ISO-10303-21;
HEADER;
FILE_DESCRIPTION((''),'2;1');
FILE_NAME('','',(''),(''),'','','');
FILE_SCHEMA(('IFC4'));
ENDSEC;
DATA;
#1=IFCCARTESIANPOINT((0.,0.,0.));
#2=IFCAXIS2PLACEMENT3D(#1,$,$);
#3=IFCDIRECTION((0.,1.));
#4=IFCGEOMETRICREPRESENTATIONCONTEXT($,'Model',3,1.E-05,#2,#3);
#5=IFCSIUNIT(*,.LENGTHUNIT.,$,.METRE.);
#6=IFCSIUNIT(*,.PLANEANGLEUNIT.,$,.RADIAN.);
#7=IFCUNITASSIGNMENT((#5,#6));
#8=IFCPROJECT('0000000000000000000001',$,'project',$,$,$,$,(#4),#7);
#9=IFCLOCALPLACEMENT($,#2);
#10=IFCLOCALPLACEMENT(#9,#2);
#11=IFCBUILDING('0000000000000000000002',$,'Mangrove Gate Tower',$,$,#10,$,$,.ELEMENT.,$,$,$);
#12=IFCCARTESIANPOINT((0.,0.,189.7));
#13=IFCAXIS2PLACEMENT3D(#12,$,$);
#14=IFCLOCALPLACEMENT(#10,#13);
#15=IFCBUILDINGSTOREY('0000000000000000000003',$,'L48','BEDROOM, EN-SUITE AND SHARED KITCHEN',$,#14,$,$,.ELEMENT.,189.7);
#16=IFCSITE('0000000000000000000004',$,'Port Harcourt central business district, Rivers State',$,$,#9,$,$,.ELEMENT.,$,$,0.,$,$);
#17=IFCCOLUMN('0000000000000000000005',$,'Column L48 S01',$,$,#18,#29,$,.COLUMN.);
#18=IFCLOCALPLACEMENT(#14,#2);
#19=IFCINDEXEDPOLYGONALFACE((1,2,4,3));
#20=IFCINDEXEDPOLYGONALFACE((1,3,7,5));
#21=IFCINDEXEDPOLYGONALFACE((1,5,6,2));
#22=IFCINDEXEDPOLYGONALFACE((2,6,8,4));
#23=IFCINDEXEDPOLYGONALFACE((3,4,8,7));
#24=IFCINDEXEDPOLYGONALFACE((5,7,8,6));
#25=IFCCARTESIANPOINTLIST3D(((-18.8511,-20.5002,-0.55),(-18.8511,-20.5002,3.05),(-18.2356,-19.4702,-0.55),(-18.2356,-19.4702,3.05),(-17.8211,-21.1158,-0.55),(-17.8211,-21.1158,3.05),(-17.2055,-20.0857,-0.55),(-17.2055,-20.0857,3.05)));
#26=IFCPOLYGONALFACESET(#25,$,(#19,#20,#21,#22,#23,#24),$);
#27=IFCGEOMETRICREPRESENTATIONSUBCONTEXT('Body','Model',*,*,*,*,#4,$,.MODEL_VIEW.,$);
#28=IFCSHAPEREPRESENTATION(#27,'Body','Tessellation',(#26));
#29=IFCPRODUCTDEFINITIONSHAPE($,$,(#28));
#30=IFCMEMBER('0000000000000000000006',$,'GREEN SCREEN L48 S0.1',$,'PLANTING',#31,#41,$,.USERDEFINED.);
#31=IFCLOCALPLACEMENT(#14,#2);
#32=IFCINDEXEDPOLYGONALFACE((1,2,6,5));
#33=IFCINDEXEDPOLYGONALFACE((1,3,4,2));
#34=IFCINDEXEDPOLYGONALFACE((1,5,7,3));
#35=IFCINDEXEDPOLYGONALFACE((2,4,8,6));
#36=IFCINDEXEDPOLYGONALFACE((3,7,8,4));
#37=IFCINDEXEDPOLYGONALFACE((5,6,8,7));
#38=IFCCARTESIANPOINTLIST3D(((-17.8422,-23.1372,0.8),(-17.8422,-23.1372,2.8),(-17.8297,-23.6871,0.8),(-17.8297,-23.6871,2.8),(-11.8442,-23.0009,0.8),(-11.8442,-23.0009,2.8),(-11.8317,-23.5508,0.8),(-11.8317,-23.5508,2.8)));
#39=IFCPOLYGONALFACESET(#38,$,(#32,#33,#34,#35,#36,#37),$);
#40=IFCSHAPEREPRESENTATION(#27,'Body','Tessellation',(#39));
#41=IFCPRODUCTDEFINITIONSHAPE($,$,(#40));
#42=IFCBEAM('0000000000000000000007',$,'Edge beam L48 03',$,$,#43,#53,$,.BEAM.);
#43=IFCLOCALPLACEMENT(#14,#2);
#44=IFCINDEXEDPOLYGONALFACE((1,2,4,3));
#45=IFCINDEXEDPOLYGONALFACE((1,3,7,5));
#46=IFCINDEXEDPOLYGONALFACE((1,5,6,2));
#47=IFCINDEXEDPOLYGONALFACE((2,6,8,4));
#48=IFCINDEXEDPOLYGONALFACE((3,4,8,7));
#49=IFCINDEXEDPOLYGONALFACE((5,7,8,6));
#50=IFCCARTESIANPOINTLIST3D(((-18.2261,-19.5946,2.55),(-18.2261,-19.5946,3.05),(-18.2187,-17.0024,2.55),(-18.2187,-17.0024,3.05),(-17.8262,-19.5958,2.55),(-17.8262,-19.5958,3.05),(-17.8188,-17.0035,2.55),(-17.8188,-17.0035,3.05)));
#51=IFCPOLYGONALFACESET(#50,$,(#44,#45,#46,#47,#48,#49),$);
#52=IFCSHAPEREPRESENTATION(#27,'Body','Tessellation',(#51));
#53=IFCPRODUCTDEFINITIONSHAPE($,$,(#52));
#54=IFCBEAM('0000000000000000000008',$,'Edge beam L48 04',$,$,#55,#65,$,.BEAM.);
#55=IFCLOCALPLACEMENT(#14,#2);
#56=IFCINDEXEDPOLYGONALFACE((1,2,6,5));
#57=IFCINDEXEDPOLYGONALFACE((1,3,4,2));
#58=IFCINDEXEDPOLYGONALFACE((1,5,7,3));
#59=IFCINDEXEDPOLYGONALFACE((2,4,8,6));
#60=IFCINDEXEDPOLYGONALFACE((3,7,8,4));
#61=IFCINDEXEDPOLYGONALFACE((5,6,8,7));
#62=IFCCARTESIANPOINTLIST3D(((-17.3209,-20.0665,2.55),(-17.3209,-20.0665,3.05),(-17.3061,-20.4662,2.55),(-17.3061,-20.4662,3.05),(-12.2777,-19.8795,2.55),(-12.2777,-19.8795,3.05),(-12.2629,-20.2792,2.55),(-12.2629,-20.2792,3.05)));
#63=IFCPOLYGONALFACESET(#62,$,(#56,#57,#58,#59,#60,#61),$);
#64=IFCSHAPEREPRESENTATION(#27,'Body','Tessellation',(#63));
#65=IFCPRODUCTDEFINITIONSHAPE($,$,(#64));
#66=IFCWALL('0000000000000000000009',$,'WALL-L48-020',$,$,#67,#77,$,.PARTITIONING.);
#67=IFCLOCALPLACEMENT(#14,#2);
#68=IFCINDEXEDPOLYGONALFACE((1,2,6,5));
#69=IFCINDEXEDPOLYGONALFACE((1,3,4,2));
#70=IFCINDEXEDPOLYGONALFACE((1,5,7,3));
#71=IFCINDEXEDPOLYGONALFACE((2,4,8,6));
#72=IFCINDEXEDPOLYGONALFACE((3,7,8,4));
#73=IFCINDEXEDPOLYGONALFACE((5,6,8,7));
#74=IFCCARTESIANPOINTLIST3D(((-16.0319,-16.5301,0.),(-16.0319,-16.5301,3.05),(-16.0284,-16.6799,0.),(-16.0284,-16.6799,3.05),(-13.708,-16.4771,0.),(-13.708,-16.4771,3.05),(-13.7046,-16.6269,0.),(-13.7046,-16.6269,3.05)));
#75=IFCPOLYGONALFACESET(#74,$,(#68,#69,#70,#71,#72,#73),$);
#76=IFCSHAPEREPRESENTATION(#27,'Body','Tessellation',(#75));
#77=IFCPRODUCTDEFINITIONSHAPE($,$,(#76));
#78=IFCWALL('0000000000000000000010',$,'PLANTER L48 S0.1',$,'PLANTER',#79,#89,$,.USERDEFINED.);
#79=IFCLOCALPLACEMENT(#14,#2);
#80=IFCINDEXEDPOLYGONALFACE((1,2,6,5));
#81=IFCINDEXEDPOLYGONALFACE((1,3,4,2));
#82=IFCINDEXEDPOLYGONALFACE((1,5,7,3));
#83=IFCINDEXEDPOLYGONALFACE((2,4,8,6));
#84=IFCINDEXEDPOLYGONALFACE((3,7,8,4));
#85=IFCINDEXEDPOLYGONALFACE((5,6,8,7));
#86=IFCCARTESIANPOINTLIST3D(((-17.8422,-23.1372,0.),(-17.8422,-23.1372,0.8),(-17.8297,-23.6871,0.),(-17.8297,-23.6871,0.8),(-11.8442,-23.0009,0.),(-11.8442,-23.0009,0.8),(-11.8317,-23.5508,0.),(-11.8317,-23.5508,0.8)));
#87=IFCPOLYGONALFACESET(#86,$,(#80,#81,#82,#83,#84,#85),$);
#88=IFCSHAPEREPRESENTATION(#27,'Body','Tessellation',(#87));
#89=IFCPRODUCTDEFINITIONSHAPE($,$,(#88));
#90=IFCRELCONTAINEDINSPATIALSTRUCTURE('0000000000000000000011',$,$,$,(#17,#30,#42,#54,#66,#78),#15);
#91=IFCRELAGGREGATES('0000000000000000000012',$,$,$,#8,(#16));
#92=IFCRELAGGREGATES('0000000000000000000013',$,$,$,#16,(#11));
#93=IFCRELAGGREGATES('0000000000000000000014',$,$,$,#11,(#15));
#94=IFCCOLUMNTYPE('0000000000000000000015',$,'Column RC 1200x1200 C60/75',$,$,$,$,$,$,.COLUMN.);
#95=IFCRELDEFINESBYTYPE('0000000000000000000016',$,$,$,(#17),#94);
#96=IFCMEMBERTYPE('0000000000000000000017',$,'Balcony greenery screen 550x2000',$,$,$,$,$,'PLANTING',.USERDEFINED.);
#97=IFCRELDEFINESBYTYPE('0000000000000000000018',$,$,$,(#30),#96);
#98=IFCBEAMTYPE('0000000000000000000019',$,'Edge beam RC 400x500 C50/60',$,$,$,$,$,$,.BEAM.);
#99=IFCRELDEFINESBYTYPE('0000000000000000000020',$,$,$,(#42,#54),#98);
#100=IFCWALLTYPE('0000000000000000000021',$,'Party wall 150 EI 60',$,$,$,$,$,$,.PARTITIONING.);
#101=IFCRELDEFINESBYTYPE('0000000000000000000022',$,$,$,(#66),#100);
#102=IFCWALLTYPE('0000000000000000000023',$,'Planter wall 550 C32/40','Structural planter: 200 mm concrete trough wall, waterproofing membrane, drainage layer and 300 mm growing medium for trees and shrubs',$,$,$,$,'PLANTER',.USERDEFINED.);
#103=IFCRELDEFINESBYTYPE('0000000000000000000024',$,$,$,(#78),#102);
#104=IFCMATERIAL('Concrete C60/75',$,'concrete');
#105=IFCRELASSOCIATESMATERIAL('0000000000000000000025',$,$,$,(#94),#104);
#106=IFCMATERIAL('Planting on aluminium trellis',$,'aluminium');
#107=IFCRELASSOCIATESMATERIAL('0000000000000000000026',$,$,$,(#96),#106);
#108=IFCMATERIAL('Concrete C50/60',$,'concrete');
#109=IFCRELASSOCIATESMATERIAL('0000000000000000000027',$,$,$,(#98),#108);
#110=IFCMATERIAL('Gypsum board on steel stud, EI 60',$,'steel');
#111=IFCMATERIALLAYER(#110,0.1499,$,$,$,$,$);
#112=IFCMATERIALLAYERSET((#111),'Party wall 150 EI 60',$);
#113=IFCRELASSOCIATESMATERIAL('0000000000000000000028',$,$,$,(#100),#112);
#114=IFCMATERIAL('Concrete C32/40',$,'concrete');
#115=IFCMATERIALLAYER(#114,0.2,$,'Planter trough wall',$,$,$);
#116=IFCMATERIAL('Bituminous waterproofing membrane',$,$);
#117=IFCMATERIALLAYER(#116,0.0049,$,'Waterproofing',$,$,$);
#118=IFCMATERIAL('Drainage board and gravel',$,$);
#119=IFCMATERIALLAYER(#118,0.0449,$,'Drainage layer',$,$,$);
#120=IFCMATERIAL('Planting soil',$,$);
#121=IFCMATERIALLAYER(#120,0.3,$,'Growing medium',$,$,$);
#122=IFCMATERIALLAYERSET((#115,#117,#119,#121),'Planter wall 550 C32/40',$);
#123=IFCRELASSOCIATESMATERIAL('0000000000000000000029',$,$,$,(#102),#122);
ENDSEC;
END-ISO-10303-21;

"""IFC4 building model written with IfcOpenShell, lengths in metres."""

from ifc_helpers import new_model, si_unit, direction, frame, frame_2d, origin, origin_2d, place, context, subcontext, project, spatial, rectangle, extrude, material, layer, layer_set, material_profile, profile_set, type_object, element, save


model = new_model("IFC4")

# Units and contexts
model_context = context("Model", 3, precision=1e-05, world=origin(), true_north=direction((0.0, 1.0)))
body_context = subcontext(model_context, "Body", "Model", "MODEL_VIEW")
ifc_project = project(units=[si_unit("LENGTHUNIT", "METRE"), si_unit("PLANEANGLEUNIT", "RADIAN")], contexts=[model_context])

# Site, building, storey
site_placement = place(None, origin())
site = spatial("IfcSite", under=ifc_project, at=site_placement, Name="Port Harcourt central business district, Rivers State", CompositionType="ELEMENT", RefElevation=0.0)
building_placement = place(site_placement, origin())
building = spatial("IfcBuilding", under=site, at=building_placement, Name="Mangrove Gate Tower", CompositionType="ELEMENT")
storey_placement = place(building_placement, frame((0.0, 0.0, 189.7)))
storey = spatial("IfcBuildingStorey", under=building, at=storey_placement, Name="L48", Description="BEDROOM, EN-SUITE AND SHARED KITCHEN", CompositionType="ELEMENT", Elevation=189.7)

# Column
ifc_material_1 = material(Name="Concrete C60/75", Category="concrete")
ifc_material_profile_1 = material_profile(ifc_material_1, rectangle(XDim=1.2, YDim=1.2, at=origin_2d()))
ifc_profile_set_1 = profile_set([ifc_material_profile_1], Name="Concrete C60/75")
column_type = type_object("IfcColumnType", Name="Column RC 1200x1200 C60/75", PredefinedType="COLUMN", material=ifc_profile_set_1)
column_placement = place(storey_placement, frame((-18.0283, -20.293, -0.55), z_axis=(0.0, 0.0, 1.0), x_axis=(0.858408, -0.512967, 0.0)))
element("IfcColumn", 1, at=column_placement, inside=storey, type_object=column_type, Name="Column L48 S01", PredefinedType="COLUMN", context=body_context, shape_type="SweptSolid", body=[
    extrude(rectangle(XDim=1.2, YDim=1.2, at=origin_2d()), origin(), (0.0, 0.0, 1.0), 3.6001),
])

# Member
ifc_material_2 = material(Name="Planting on aluminium trellis", Category="aluminium")
ifc_material_profile_2 = material_profile(ifc_material_2, rectangle(XDim=0.55, YDim=2.0, at=origin_2d()))
ifc_profile_set_2 = profile_set([ifc_material_profile_2], Name="Planting on aluminium trellis")
member_type = type_object("IfcMemberType", Name="Balcony greenery screen 550x2000", ElementType="PLANTING", PredefinedType="USERDEFINED", material=ifc_profile_set_2)
member_placement = place(storey_placement, frame((-17.8359, -23.4121, 1.8), z_axis=(0.999742, 0.022707, 0.0), x_axis=(-0.022707, 0.999742, 0.0)))
element("IfcMember", 2, at=member_placement, inside=storey, type_object=member_type, Name="GREEN SCREEN L48 S0.1", ObjectType="PLANTING", PredefinedType="USERDEFINED", context=body_context, shape_type="SweptSolid", body=[
    extrude(rectangle(XDim=0.55, YDim=2.0, at=origin_2d()), origin(), (0.0, 0.0, 1.0), 5.9995),
])

# Beams
ifc_material_3 = material(Name="Concrete C50/60", Category="concrete")
ifc_material_profile_3 = material_profile(ifc_material_3, rectangle(XDim=0.3999, YDim=0.5, at=origin_2d()))
ifc_profile_set_3 = profile_set([ifc_material_profile_3], Name="Concrete C50/60")
beam_type = type_object("IfcBeamType", Name="Edge beam RC 400x500 C50/60", PredefinedType="BEAM", material=ifc_profile_set_3)
beam_1_placement = place(storey_placement, frame((-18.0188, -17.0029, 2.8), z_axis=(-0.002825, -0.999996, 0.0), x_axis=(0.999996, -0.002825, 0.0)))
element("IfcBeam", 3, at=beam_1_placement, inside=storey, type_object=beam_type, Name="Edge beam L48 03", PredefinedType="BEAM", context=body_context, shape_type="SweptSolid", body=[
    extrude(rectangle(XDim=0.3999, YDim=0.5, at=origin_2d()), origin(), (0.0, 0.0, 1.0), 2.5923),
])
beam_2_placement = place(storey_placement, frame((-17.3135, -20.2664, 2.8), z_axis=(0.999313, 0.037056, 0.0), x_axis=(-0.037056, 0.999313, 0.0)))
element("IfcBeam", 4, at=beam_2_placement, inside=storey, type_object=beam_type, Name="Edge beam L48 04", PredefinedType="BEAM", context=body_context, shape_type="SweptSolid", body=[
    extrude(rectangle(XDim=0.3999, YDim=0.5, at=origin_2d()), origin(), (0.0, 0.0, 1.0), 5.0466),
])

# Walls
ifc_material_4 = material(Name="Gypsum board on steel stud, EI 60", Category="steel")
ifc_layer_1 = layer(ifc_material_4, 0.1499)
ifc_layer_set_1 = layer_set([ifc_layer_1], Name="Party wall 150 EI 60")
wall_type_1 = type_object("IfcWallType", Name="Party wall 150 EI 60", PredefinedType="PARTITIONING", material=ifc_layer_set_1)
wall_1_placement = place(storey_placement, frame((-16.03, -16.605, 0.0), z_axis=(0.0, 0.0, 1.0), x_axis=(0.99974, 0.022791, 0.0)))
element("IfcWall", 5, at=wall_1_placement, inside=storey, type_object=wall_type_1, Name="WALL-L48-020", PredefinedType="PARTITIONING", context=body_context, shape_type="SweptSolid", body=[
    extrude(rectangle(XDim=2.3245, YDim=0.1499, at=frame_2d((1.1621, 0.0))), origin(), (0.0, 0.0, 1.0), 3.05),
])
ifc_material_5 = material(Name="Concrete C32/40", Category="concrete")
ifc_layer_2 = layer(ifc_material_5, 0.2, Name="Planter trough wall")
ifc_material_6 = material(Name="Bituminous waterproofing membrane")
ifc_layer_3 = layer(ifc_material_6, 0.0049, Name="Waterproofing")
ifc_material_7 = material(Name="Drainage board and gravel")
ifc_layer_4 = layer(ifc_material_7, 0.0449, Name="Drainage layer")
ifc_material_8 = material(Name="Planting soil")
ifc_layer_5 = layer(ifc_material_8, 0.3, Name="Growing medium")
ifc_layer_set_2 = layer_set([ifc_layer_2, ifc_layer_3, ifc_layer_4, ifc_layer_5], Name="Planter wall 550 C32/40")
wall_type_2 = type_object("IfcWallType", Name="Planter wall 550 C32/40", Description="Structural planter: 200 mm concrete trough wall, waterproofing membrane, drainage layer and 300 mm growing medium for trees and shrubs", ElementType="PLANTER", PredefinedType="USERDEFINED", material=ifc_layer_set_2)
wall_2_placement = place(storey_placement, frame((-17.8359, -23.4121, 0.0), z_axis=(0.0, 0.0, 1.0), x_axis=(0.999742, 0.022707, 0.0)))
element("IfcWall", 6, at=wall_2_placement, inside=storey, type_object=wall_type_2, Name="PLANTER L48 S0.1", ObjectType="PLANTER", PredefinedType="USERDEFINED", context=body_context, shape_type="SweptSolid", body=[
    extrude(rectangle(XDim=5.9995, YDim=0.55, at=frame_2d((2.9998, 0.0))), origin(), (0.0, 0.0, 1.0), 0.8),
])

save(model, "model.ifc")
